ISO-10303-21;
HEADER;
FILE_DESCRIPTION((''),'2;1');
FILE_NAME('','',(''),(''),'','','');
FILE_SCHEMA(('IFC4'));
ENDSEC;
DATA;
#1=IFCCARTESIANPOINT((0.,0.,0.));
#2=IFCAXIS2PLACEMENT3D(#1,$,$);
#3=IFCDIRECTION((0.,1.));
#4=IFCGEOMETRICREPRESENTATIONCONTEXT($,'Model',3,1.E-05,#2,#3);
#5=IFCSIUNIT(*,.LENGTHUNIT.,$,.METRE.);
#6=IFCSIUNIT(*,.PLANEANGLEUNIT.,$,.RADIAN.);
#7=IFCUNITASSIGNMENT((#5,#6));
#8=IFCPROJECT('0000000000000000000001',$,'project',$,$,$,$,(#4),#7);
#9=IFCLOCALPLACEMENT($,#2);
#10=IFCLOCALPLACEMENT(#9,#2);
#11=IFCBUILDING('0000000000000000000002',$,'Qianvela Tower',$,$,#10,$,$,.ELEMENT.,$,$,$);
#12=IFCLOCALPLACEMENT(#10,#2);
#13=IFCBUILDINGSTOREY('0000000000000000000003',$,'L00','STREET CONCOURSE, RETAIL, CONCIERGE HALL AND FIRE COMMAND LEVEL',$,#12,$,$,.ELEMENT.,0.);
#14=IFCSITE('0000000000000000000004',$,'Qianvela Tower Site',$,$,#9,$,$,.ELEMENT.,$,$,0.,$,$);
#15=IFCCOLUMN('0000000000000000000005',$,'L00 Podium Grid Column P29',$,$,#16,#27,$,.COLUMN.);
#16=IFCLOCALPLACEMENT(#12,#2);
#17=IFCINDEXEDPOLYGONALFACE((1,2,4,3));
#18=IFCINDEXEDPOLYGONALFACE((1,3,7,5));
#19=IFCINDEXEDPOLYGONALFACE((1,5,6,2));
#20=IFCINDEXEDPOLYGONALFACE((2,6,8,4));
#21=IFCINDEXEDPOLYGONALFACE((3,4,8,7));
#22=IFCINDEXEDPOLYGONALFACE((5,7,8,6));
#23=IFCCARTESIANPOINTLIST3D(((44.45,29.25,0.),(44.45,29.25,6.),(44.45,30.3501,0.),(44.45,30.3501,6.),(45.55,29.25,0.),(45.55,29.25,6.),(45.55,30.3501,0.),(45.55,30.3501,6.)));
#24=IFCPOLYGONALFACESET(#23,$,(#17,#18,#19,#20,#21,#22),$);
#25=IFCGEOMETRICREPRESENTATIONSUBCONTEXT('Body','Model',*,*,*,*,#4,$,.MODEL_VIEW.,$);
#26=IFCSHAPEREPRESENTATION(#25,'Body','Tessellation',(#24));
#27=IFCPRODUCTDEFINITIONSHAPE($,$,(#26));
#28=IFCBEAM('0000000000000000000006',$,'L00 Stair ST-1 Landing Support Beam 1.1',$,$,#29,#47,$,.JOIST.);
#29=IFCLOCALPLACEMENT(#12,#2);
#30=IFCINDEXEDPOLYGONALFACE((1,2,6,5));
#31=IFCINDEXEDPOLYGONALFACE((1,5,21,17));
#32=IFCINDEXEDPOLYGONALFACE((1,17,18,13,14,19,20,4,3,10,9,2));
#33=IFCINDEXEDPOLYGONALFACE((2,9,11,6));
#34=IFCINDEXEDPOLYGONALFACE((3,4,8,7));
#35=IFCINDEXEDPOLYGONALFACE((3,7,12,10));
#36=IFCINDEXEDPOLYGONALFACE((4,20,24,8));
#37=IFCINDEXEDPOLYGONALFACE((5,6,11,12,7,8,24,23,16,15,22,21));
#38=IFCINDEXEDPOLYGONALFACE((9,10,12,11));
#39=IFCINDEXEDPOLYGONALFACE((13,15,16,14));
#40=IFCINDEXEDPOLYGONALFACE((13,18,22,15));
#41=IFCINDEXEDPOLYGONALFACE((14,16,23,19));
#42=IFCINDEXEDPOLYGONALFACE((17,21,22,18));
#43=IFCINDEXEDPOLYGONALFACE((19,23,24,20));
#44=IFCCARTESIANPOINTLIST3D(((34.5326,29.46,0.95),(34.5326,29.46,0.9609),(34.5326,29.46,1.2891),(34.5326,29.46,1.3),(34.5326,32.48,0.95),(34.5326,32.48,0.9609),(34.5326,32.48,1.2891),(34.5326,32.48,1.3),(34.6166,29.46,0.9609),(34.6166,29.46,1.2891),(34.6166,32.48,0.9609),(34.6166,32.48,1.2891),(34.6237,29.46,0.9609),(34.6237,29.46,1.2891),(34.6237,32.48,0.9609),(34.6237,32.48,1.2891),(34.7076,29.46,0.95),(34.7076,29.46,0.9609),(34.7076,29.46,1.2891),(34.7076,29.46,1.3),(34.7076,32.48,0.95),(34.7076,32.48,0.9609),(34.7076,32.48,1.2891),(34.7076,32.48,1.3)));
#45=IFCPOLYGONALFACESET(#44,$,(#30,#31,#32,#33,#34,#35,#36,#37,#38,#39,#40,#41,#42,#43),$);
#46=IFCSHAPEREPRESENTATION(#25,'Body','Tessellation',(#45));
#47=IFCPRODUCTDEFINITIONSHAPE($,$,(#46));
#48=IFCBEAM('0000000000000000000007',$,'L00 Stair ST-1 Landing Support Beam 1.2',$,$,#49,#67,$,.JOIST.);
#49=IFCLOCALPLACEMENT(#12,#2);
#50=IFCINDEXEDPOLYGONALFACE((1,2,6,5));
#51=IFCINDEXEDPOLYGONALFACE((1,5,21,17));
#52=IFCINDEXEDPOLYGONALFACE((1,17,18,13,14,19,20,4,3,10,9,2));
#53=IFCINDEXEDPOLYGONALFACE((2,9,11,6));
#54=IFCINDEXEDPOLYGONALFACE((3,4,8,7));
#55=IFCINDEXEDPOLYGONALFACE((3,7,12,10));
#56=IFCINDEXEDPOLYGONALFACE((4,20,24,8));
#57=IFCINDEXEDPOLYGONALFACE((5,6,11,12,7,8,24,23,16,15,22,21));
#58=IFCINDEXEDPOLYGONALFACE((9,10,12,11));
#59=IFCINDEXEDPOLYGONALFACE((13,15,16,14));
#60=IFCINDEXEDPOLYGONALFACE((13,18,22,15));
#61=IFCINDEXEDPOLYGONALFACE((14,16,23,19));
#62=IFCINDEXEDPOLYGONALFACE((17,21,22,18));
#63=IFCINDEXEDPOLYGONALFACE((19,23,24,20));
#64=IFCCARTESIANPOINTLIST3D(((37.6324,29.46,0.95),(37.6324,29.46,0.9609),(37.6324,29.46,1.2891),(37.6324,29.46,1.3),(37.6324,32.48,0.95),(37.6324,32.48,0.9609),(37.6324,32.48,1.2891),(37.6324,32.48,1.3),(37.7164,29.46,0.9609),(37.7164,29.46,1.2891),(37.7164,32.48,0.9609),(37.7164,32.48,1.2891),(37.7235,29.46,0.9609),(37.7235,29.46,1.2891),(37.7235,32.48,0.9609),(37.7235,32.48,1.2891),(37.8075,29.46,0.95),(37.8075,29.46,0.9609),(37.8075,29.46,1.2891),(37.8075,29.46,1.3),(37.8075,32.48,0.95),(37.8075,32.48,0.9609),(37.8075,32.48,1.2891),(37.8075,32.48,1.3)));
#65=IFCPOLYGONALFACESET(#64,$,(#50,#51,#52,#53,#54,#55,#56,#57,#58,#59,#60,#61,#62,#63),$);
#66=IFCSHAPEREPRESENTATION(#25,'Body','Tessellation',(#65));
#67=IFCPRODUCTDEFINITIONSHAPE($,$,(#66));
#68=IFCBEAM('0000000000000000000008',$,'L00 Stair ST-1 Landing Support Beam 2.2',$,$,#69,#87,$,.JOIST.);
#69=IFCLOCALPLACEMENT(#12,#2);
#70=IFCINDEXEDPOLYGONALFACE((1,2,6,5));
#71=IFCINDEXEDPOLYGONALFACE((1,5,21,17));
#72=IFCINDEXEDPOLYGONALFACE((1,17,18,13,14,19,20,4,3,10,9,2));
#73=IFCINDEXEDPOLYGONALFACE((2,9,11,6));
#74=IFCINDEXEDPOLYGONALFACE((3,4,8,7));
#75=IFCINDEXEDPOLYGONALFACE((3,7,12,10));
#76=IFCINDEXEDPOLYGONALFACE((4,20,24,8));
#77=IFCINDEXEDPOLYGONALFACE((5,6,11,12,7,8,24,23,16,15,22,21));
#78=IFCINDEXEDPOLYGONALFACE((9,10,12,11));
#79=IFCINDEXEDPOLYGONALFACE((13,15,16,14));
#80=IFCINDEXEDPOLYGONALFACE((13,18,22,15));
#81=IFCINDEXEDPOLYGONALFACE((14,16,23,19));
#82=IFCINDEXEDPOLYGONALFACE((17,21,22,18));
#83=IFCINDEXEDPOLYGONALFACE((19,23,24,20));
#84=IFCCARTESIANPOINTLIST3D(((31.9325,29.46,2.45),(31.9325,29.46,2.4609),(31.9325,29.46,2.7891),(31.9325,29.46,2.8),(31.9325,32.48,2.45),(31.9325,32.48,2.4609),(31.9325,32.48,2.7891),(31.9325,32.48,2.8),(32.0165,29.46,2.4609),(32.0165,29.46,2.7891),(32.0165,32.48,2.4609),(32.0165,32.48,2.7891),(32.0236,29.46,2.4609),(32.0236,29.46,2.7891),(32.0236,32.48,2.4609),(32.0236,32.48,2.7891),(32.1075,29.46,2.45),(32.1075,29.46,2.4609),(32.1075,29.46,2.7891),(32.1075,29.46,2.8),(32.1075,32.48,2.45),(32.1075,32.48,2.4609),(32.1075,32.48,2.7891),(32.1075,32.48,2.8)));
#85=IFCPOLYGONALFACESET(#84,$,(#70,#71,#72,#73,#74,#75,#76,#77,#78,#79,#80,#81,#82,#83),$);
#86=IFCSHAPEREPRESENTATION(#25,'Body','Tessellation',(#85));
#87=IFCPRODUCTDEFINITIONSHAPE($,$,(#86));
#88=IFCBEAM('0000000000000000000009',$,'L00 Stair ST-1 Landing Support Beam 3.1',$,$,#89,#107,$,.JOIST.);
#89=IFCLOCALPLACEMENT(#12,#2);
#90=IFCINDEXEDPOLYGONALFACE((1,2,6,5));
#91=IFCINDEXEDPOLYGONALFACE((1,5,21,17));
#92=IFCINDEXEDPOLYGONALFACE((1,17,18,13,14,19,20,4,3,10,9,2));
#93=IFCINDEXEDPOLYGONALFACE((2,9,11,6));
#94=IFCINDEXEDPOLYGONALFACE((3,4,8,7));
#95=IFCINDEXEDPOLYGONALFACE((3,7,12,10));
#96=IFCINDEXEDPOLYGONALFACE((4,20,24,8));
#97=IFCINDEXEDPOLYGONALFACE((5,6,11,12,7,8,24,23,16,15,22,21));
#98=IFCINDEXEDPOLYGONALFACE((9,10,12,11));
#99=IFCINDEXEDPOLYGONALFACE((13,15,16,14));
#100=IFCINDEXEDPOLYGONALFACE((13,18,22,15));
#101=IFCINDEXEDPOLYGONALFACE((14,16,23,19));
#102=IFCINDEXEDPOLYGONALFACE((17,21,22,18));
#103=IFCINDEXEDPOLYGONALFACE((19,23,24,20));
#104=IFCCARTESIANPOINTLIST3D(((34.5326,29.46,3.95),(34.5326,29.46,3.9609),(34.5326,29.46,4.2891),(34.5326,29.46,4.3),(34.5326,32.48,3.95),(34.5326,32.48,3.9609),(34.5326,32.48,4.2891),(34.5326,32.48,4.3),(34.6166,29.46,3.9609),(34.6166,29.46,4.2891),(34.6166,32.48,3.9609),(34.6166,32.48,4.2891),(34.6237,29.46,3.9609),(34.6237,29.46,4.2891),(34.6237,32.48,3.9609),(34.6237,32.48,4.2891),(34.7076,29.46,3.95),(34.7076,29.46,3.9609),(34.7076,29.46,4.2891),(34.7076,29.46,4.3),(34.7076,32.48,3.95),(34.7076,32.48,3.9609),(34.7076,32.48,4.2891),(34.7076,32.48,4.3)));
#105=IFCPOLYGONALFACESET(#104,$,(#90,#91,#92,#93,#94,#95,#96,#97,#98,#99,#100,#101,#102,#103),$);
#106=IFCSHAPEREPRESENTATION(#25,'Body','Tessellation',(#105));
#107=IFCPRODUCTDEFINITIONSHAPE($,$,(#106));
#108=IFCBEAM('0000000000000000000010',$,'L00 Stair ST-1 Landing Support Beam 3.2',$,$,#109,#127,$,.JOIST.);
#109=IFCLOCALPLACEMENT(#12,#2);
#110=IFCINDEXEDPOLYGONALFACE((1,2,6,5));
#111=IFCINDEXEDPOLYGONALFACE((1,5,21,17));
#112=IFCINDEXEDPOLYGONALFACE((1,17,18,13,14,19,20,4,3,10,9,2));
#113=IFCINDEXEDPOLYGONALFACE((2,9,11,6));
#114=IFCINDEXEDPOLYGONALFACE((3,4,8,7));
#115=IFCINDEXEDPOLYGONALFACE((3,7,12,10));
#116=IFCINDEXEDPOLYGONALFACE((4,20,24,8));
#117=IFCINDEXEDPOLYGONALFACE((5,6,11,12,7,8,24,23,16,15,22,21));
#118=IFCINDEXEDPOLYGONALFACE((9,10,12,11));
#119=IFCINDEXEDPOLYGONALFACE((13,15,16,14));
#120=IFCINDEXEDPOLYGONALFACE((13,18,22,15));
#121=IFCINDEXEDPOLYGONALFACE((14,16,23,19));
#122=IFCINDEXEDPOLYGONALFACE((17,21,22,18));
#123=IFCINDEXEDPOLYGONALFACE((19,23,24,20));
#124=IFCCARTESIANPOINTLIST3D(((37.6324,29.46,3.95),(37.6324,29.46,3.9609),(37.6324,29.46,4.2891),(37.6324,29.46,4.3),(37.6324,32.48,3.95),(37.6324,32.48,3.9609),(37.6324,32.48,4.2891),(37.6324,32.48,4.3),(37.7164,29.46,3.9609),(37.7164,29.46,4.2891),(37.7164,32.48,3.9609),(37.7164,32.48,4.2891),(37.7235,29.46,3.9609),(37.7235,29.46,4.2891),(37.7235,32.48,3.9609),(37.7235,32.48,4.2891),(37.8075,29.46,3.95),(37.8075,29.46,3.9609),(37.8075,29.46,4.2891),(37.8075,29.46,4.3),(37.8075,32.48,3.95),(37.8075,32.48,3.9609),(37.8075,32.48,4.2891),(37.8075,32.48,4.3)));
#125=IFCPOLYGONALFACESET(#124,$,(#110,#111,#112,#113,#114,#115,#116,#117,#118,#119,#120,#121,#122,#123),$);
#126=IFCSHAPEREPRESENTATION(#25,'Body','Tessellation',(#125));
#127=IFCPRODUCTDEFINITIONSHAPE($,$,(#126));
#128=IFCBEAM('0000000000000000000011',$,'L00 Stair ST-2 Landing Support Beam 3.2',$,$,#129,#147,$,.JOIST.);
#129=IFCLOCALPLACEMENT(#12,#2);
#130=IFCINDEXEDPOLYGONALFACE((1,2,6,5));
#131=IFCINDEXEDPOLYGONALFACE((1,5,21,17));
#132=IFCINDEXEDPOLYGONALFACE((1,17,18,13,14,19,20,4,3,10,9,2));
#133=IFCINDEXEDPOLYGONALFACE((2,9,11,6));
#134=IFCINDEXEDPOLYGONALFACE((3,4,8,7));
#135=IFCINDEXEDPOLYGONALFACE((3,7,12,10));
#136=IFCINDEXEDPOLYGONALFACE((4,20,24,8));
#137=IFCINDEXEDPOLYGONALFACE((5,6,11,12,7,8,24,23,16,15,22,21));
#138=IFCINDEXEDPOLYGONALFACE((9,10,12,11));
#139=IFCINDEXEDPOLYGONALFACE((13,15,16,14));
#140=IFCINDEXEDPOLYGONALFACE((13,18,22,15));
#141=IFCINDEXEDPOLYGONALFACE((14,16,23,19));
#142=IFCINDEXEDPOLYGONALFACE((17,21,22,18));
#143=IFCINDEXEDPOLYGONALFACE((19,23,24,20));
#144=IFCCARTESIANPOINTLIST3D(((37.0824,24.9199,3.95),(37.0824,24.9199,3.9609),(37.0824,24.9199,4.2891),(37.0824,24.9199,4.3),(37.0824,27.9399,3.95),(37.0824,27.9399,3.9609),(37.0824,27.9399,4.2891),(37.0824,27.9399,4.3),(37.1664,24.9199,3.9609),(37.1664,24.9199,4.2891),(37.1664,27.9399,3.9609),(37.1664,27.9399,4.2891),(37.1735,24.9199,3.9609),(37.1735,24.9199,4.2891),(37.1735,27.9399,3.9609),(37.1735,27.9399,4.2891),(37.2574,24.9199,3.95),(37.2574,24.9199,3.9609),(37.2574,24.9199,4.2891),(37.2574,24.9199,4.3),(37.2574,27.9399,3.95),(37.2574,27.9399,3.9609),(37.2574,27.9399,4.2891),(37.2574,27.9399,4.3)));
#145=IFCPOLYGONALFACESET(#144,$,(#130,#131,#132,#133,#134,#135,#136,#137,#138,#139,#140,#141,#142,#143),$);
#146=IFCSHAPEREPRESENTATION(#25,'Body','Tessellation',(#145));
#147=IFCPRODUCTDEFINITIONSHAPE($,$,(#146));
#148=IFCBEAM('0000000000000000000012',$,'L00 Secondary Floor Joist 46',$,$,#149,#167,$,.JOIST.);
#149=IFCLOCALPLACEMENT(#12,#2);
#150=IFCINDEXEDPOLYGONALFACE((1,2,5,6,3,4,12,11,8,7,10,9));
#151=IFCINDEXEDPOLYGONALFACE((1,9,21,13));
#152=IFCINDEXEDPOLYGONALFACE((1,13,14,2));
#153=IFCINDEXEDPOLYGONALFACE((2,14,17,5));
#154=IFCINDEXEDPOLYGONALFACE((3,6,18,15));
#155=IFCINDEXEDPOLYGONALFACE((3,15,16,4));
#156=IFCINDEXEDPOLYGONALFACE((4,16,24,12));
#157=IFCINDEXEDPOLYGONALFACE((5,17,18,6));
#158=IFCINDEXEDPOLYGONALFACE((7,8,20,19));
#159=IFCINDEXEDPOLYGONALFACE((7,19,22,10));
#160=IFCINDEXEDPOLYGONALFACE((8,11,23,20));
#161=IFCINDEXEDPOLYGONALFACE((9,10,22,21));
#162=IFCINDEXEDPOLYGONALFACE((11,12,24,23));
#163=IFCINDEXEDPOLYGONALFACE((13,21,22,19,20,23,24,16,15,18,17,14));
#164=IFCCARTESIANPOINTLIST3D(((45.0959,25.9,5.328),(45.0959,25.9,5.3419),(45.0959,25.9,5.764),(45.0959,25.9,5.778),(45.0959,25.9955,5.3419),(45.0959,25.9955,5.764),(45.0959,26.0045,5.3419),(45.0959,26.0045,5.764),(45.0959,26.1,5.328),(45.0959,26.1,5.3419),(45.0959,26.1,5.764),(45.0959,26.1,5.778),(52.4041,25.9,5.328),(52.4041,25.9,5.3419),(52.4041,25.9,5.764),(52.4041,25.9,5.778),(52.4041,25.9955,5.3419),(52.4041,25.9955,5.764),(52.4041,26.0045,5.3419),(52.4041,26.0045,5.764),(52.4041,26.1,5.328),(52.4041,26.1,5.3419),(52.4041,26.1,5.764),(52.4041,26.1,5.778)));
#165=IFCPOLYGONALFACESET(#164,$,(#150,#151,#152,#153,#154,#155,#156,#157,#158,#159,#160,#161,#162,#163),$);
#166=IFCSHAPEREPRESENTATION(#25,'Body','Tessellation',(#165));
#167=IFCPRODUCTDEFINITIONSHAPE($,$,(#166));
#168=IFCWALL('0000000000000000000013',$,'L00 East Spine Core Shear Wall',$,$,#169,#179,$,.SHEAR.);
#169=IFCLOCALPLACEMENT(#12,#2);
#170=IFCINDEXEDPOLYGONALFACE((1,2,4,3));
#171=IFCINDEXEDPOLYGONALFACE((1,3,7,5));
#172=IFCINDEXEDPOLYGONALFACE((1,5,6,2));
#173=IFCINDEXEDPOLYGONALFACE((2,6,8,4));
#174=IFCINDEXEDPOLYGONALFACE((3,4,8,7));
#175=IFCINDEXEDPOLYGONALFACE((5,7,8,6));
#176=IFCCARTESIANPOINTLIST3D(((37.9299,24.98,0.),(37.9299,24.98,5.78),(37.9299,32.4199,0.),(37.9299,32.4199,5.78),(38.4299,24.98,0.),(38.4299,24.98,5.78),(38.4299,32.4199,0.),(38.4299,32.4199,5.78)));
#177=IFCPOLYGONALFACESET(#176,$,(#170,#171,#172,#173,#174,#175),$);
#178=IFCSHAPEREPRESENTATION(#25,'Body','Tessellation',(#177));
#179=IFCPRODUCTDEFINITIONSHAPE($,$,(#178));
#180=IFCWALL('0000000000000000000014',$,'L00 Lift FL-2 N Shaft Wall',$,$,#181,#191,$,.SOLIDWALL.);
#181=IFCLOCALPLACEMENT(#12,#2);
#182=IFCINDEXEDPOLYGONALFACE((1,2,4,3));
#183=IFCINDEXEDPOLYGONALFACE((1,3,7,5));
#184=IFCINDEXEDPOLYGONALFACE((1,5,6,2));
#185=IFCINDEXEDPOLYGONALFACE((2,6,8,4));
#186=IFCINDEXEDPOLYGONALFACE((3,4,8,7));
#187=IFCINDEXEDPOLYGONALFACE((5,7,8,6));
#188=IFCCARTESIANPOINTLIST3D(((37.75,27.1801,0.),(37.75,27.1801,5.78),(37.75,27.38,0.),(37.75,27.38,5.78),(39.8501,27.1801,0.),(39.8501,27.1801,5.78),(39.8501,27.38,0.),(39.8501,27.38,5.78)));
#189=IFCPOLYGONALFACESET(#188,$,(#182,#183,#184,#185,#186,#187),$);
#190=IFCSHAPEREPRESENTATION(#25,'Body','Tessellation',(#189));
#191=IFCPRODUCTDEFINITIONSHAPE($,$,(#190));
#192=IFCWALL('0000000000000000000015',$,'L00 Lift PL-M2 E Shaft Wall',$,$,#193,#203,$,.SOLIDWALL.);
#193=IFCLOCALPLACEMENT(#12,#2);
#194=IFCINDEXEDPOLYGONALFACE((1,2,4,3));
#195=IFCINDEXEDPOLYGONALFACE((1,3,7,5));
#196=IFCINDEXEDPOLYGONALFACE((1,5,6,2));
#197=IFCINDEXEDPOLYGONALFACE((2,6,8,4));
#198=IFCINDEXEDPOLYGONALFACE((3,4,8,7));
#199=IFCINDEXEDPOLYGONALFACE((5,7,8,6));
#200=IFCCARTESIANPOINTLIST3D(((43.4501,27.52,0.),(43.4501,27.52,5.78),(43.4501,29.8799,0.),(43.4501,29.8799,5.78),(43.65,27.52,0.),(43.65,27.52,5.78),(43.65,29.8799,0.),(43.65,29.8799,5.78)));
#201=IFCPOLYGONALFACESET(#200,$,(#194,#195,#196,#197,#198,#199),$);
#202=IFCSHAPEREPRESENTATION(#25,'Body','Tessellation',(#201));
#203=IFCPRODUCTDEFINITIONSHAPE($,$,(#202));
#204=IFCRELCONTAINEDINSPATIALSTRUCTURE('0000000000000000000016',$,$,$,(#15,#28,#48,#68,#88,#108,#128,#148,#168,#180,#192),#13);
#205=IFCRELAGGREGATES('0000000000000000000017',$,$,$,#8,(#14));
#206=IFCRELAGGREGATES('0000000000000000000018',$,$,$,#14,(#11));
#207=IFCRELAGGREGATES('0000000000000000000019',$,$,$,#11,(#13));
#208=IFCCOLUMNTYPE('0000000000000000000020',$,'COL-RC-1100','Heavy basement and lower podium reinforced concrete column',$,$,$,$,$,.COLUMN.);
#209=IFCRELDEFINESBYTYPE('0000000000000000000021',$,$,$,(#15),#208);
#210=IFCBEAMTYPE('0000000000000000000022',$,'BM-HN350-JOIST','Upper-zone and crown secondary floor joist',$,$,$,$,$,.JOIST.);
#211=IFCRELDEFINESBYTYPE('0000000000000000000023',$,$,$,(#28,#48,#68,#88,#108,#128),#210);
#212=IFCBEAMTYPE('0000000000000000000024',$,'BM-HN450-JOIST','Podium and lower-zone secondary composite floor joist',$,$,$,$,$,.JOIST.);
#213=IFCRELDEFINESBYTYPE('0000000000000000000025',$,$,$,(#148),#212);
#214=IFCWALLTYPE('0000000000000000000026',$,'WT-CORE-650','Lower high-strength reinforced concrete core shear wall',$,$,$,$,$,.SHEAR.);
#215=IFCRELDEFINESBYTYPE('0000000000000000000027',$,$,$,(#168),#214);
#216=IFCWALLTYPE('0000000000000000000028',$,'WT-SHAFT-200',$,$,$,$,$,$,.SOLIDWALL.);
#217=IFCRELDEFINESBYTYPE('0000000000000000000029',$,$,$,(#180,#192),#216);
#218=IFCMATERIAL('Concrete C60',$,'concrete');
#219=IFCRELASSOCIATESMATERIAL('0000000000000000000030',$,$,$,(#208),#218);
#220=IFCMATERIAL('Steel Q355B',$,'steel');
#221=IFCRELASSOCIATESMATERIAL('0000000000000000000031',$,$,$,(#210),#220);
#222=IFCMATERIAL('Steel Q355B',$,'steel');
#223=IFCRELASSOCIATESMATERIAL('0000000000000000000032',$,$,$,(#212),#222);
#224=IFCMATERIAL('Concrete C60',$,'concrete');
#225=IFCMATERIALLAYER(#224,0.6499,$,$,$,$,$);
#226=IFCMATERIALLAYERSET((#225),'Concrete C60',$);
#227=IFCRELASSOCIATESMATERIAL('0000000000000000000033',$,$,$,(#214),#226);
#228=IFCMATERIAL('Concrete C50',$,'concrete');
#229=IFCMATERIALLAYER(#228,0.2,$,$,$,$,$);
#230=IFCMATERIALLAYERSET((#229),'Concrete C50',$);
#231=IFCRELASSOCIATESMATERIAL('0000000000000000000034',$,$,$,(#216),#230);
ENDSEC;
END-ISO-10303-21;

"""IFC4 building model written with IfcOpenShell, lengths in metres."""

from ifc_helpers import new_model, si_unit, direction, frame, frame_2d, origin, origin_2d, place, context, subcontext, project, spatial, rectangle, i_section, extrude, material, layer, layer_set, material_profile, profile_set, type_object, element, save


model = new_model("IFC4")

# Units and contexts
model_context = context("Model", 3, precision=1e-05, world=origin(), true_north=direction((0.0, 1.0)))
body_context = subcontext(model_context, "Body", "Model", "MODEL_VIEW")
ifc_project = project(units=[si_unit("LENGTHUNIT", "METRE"), si_unit("PLANEANGLEUNIT", "RADIAN")], contexts=[model_context])

# Site, building, storey
site_placement = place(None, origin())
site = spatial("IfcSite", under=ifc_project, at=site_placement, Name="Qianvela Tower Site", CompositionType="ELEMENT", RefElevation=0.0)
building_placement = place(site_placement, origin())
building = spatial("IfcBuilding", under=site, at=building_placement, Name="Qianvela Tower", CompositionType="ELEMENT")
storey_placement = place(building_placement, origin())
storey = spatial("IfcBuildingStorey", under=building, at=storey_placement, Name="L00", Description="STREET CONCOURSE, RETAIL, CONCIERGE HALL AND FIRE COMMAND LEVEL", CompositionType="ELEMENT", Elevation=0.0)

# Column
ifc_material_1 = material(Name="Concrete C60", Category="concrete")
ifc_material_profile_1 = material_profile(ifc_material_1, rectangle(XDim=1.1001, YDim=1.1001, at=origin_2d()), Name="RC-COL-1100x1100")
ifc_profile_set_1 = profile_set([ifc_material_profile_1], Name="Concrete C60")
column_type = type_object("IfcColumnType", Name="COL-RC-1100", Description="Heavy basement and lower podium reinforced concrete column", PredefinedType="COLUMN", material=ifc_profile_set_1)
column_placement = place(storey_placement, frame((45.0, 29.8, 0.0), z_axis=(0.0, 0.0, 1.0), x_axis=(1.0, 0.0, 0.0)))
element("IfcColumn", 1, at=column_placement, inside=storey, type_object=column_type, Name="L00 Podium Grid Column P29", PredefinedType="COLUMN", context=body_context, shape_type="SweptSolid", body=[
    extrude(rectangle(XDim=1.1001, YDim=1.1001, at=origin_2d()), origin(), (0.0, 0.0, 1.0), 6.0),
])

# Beams
ifc_material_2 = material(Name="Steel Q355B", Category="steel")
ifc_material_profile_2 = material_profile(ifc_material_2, i_section(OverallWidth=0.175, OverallDepth=0.3501, WebThickness=0.0071, FlangeThickness=0.011, at=origin_2d()), Name="HN350x175x7x11")
ifc_profile_set_2 = profile_set([ifc_material_profile_2], Name="Steel Q355B")
beam_type_1 = type_object("IfcBeamType", Name="BM-HN350-JOIST", Description="Upper-zone and crown secondary floor joist", PredefinedType="JOIST", material=ifc_profile_set_2)
for number, where, z_axis, x_axis, name in (
    (2, (34.6201, 29.46, 1.125), (0.0, 1.0, 0.0), (-1.0, 0.0, 0.0), "L00 Stair ST-1 Landing Support Beam 1.1"),
    (3, (37.72, 29.46, 1.125), (0.0, 1.0, 0.0), (-1.0, 0.0, 0.0), "L00 Stair ST-1 Landing Support Beam 1.2"),
    (4, (32.02, 29.46, 2.625), (0.0, 1.0, 0.0), (-1.0, 0.0, 0.0), "L00 Stair ST-1 Landing Support Beam 2.2"),
    (5, (34.6201, 29.46, 4.125), (0.0, 1.0, 0.0), (-1.0, 0.0, 0.0), "L00 Stair ST-1 Landing Support Beam 3.1"),
    (6, (37.72, 29.46, 4.125), (0.0, 1.0, 0.0), (-1.0, 0.0, 0.0), "L00 Stair ST-1 Landing Support Beam 3.2"),
    (7, (37.1699, 24.9199, 4.125), (0.0, 1.0, 0.0), (-1.0, 0.0, 0.0), "L00 Stair ST-2 Landing Support Beam 3.2"),
):
    element("IfcBeam", number, at=place(storey_placement, frame(where, z_axis=z_axis, x_axis=x_axis)), inside=storey, type_object=beam_type_1, Name=name, PredefinedType="JOIST", context=body_context, shape_type="SweptSolid", body=[
        extrude(i_section(OverallWidth=0.175, OverallDepth=0.3501, WebThickness=0.0071, FlangeThickness=0.011, at=origin_2d()), origin(), (0.0, 0.0, 1.0), 3.02),
    ])
ifc_material_3 = material(Name="Steel Q355B", Category="steel")
ifc_material_profile_3 = material_profile(ifc_material_3, i_section(OverallWidth=0.2, OverallDepth=0.45, WebThickness=0.009, FlangeThickness=0.0139, at=origin_2d()), Name="HN450x200x9x14")
ifc_profile_set_3 = profile_set([ifc_material_profile_3], Name="Steel Q355B")
beam_type_2 = type_object("IfcBeamType", Name="BM-HN450-JOIST", Description="Podium and lower-zone secondary composite floor joist", PredefinedType="JOIST", material=ifc_profile_set_3)
beam_placement = place(storey_placement, frame((45.0959, 26.0, 5.553), z_axis=(1.0, 0.0, 0.0), x_axis=(0.0, 1.0, 0.0)))
element("IfcBeam", 8, at=beam_placement, inside=storey, type_object=beam_type_2, Name="L00 Secondary Floor Joist 46", PredefinedType="JOIST", context=body_context, shape_type="SweptSolid", body=[
    extrude(i_section(OverallWidth=0.2, OverallDepth=0.45, WebThickness=0.009, FlangeThickness=0.0139, at=origin_2d()), origin(), (0.0, 0.0, 1.0), 7.3081),
])

# Wall
ifc_material_4 = material(Name="Concrete C60", Category="concrete")
ifc_layer_1 = layer(ifc_material_4, 0.6499)
ifc_layer_set_1 = layer_set([ifc_layer_1], Name="Concrete C60")
wall_type_1 = type_object("IfcWallType", Name="WT-CORE-650", Description="Lower high-strength reinforced concrete core shear wall", PredefinedType="SHEAR", material=ifc_layer_set_1)
wall_1_placement = place(storey_placement, frame((38.1799, 24.98, 0.0), z_axis=(0.0, 0.0, 1.0), x_axis=(0.0, 1.0, 0.0)))
element("IfcWall", 9, at=wall_1_placement, inside=storey, type_object=wall_type_1, Name="L00 East Spine Core Shear Wall", PredefinedType="SHEAR", context=body_context, shape_type="SweptSolid", body=[
    extrude(rectangle(XDim=7.4399, YDim=0.5, at=frame_2d((3.72, 0.0))), origin(), (0.0, 0.0, 1.0), 5.78),
])

# Shared definitions
ifc_material_5 = material(Name="Concrete C50", Category="concrete")
ifc_layer_2 = layer(ifc_material_5, 0.2)
ifc_layer_set_2 = layer_set([ifc_layer_2], Name="Concrete C50")
wall_type_2 = type_object("IfcWallType", Name="WT-SHAFT-200", PredefinedType="SOLIDWALL", material=ifc_layer_set_2)

# Walls
wall_2_placement = place(storey_placement, frame((37.75, 27.28, 0.0), z_axis=(0.0, 0.0, 1.0), x_axis=(1.0, 0.0, 0.0)))
element("IfcWall", 10, at=wall_2_placement, inside=storey, type_object=wall_type_2, Name="L00 Lift FL-2 N Shaft Wall", PredefinedType="SOLIDWALL", context=body_context, shape_type="SweptSolid", body=[
    extrude(rectangle(XDim=2.1001, YDim=0.2, at=frame_2d((1.05, 0.0))), origin(), (0.0, 0.0, 1.0), 5.78),
])
wall_3_placement = place(storey_placement, frame((43.55, 27.52, 0.0), z_axis=(0.0, 0.0, 1.0), x_axis=(0.0, 1.0, 0.0)))
element("IfcWall", 11, at=wall_3_placement, inside=storey, type_object=wall_type_2, Name="L00 Lift PL-M2 E Shaft Wall", PredefinedType="SOLIDWALL", context=body_context, shape_type="SweptSolid", body=[
    extrude(rectangle(XDim=2.3599, YDim=0.2, at=frame_2d((1.1799, 0.0))), origin(), (0.0, 0.0, 1.0), 5.78),
])

save(model, "model.ifc")
